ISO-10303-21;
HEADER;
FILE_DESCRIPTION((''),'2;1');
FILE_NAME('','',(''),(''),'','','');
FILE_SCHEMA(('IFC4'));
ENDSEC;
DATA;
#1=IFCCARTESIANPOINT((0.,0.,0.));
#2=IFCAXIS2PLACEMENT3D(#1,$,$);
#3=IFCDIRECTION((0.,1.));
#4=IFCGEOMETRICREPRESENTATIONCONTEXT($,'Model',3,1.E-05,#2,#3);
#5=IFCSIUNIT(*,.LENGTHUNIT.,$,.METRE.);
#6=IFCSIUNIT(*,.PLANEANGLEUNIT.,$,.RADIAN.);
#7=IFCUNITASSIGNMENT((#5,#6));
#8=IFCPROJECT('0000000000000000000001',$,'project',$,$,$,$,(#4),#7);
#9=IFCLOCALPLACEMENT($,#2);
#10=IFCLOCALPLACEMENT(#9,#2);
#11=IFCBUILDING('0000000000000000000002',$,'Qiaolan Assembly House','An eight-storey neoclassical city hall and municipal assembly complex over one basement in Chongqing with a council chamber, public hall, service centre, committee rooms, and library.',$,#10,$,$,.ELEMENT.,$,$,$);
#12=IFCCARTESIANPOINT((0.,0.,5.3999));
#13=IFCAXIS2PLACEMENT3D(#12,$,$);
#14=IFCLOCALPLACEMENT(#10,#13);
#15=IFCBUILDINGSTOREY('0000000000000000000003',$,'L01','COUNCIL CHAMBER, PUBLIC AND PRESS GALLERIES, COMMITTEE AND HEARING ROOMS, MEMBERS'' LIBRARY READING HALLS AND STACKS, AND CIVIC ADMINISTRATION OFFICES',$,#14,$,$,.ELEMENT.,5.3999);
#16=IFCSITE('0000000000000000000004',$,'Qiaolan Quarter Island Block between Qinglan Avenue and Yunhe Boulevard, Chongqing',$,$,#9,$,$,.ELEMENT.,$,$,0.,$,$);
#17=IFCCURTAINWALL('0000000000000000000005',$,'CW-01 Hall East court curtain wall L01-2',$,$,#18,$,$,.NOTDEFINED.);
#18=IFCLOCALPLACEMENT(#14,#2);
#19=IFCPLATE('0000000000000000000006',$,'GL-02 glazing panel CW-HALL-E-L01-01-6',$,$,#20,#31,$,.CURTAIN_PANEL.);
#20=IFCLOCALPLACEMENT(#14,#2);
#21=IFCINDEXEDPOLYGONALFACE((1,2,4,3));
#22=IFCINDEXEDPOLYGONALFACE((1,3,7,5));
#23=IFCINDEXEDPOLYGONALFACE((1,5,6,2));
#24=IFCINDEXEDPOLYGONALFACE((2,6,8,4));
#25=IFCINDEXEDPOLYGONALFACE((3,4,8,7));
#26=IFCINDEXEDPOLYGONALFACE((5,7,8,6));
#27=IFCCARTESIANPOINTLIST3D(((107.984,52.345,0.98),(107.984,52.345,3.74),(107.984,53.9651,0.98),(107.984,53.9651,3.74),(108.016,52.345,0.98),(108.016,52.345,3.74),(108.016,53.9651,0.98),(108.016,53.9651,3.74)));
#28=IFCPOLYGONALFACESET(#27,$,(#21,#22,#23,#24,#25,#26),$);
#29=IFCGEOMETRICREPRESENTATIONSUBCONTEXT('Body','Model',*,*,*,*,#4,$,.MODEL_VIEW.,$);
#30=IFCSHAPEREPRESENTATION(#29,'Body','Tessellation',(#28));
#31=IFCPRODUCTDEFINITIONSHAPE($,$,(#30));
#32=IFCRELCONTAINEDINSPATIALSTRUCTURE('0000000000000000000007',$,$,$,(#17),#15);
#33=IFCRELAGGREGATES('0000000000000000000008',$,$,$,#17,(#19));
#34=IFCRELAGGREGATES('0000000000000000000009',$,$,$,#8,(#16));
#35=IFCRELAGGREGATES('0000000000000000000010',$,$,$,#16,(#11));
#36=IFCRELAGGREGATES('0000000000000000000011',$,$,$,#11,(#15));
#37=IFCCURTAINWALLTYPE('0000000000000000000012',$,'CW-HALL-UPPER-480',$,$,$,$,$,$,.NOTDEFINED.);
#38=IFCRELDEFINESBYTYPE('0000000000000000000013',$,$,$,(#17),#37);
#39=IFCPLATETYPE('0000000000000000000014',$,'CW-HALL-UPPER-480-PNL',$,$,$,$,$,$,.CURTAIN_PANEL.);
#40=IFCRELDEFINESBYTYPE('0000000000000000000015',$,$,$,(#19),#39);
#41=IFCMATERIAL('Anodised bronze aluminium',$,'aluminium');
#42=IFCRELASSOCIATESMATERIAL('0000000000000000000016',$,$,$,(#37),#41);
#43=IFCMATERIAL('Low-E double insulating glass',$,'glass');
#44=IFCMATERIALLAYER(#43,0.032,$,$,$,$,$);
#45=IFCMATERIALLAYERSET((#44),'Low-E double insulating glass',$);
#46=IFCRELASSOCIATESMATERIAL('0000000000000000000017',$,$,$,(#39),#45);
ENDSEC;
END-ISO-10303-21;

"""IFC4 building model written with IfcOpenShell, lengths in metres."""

from ifc_helpers import new_model, si_unit, direction, frame, frame_2d, origin, place, context, subcontext, project, spatial, rectangle, extrude, material, layer, layer_set, type_object, element, aggregate, save


model = new_model("IFC4")

# Units and contexts
model_context = context("Model", 3, precision=1e-05, world=origin(), true_north=direction((0.0, 1.0)))
body_context = subcontext(model_context, "Body", "Model", "MODEL_VIEW")
ifc_project = project(units=[si_unit("LENGTHUNIT", "METRE"), si_unit("PLANEANGLEUNIT", "RADIAN")], contexts=[model_context])

# Site, building, storey
site_placement = place(None, origin())
site = spatial("IfcSite", under=ifc_project, at=site_placement, Name="Qiaolan Quarter Island Block between Qinglan Avenue and Yunhe Boulevard, Chongqing", CompositionType="ELEMENT", RefElevation=0.0)
building_placement = place(site_placement, origin())
building = spatial("IfcBuilding", under=site, at=building_placement, Name="Qiaolan Assembly House", Description="An eight-storey neoclassical city hall and municipal assembly complex over one basement in Chongqing with a council chamber, public hall, service centre, committee rooms, and library.", CompositionType="ELEMENT")
storey_placement = place(building_placement, frame((0.0, 0.0, 5.3999)))
storey = spatial("IfcBuildingStorey", under=building, at=storey_placement, Name="L01", Description="COUNCIL CHAMBER, PUBLIC AND PRESS GALLERIES, COMMITTEE AND HEARING ROOMS, MEMBERS' LIBRARY READING HALLS AND STACKS, AND CIVIC ADMINISTRATION OFFICES", CompositionType="ELEMENT", Elevation=5.3999)

# Shared definitions
ifc_material_1 = material(Name="Anodised bronze aluminium", Category="aluminium")

# Curtain wall
curtain_wall_type_1 = type_object("IfcCurtainWallType", Name="CW-HALL-UPPER-480", PredefinedType="NOTDEFINED", material=ifc_material_1)
curtain_wall_1_placement = place(storey_placement, origin())
curtain_wall_1 = element("IfcCurtainWall", 1, at=curtain_wall_1_placement, inside=storey, type_object=curtain_wall_type_1, Name="CW-01 Hall East court curtain wall L01-2", PredefinedType="NOTDEFINED")

# Plate
ifc_material_2 = material(Name="Low-E double insulating glass", Category="glass")
ifc_layer_1 = layer(ifc_material_2, 0.032)
ifc_layer_set_1 = layer_set([ifc_layer_1], Name="Low-E double insulating glass")
plate_type_1 = type_object("IfcPlateType", Name="CW-HALL-UPPER-480-PNL", PredefinedType="CURTAIN_PANEL", material=ifc_layer_set_1)
plate_1_placement = place(storey_placement, frame((108.0, 53.9651, 0.98), z_axis=(0.0, 0.0, 1.0), x_axis=(0.0, -1.0, 0.0)))
plate_1 = element("IfcPlate", 2, at=plate_1_placement, type_object=plate_type_1, Name="GL-02 glazing panel CW-HALL-E-L01-01-6", PredefinedType="CURTAIN_PANEL", context=body_context, shape_type="SweptSolid", body=[
    extrude(rectangle(XDim=1.6201, YDim=0.032, at=frame_2d((0.8101, 0.0))), origin(), (0.0, 0.0, 1.0), 2.76),
])
aggregate(curtain_wall_1, [plate_1])

save(model, "model.ifc")
